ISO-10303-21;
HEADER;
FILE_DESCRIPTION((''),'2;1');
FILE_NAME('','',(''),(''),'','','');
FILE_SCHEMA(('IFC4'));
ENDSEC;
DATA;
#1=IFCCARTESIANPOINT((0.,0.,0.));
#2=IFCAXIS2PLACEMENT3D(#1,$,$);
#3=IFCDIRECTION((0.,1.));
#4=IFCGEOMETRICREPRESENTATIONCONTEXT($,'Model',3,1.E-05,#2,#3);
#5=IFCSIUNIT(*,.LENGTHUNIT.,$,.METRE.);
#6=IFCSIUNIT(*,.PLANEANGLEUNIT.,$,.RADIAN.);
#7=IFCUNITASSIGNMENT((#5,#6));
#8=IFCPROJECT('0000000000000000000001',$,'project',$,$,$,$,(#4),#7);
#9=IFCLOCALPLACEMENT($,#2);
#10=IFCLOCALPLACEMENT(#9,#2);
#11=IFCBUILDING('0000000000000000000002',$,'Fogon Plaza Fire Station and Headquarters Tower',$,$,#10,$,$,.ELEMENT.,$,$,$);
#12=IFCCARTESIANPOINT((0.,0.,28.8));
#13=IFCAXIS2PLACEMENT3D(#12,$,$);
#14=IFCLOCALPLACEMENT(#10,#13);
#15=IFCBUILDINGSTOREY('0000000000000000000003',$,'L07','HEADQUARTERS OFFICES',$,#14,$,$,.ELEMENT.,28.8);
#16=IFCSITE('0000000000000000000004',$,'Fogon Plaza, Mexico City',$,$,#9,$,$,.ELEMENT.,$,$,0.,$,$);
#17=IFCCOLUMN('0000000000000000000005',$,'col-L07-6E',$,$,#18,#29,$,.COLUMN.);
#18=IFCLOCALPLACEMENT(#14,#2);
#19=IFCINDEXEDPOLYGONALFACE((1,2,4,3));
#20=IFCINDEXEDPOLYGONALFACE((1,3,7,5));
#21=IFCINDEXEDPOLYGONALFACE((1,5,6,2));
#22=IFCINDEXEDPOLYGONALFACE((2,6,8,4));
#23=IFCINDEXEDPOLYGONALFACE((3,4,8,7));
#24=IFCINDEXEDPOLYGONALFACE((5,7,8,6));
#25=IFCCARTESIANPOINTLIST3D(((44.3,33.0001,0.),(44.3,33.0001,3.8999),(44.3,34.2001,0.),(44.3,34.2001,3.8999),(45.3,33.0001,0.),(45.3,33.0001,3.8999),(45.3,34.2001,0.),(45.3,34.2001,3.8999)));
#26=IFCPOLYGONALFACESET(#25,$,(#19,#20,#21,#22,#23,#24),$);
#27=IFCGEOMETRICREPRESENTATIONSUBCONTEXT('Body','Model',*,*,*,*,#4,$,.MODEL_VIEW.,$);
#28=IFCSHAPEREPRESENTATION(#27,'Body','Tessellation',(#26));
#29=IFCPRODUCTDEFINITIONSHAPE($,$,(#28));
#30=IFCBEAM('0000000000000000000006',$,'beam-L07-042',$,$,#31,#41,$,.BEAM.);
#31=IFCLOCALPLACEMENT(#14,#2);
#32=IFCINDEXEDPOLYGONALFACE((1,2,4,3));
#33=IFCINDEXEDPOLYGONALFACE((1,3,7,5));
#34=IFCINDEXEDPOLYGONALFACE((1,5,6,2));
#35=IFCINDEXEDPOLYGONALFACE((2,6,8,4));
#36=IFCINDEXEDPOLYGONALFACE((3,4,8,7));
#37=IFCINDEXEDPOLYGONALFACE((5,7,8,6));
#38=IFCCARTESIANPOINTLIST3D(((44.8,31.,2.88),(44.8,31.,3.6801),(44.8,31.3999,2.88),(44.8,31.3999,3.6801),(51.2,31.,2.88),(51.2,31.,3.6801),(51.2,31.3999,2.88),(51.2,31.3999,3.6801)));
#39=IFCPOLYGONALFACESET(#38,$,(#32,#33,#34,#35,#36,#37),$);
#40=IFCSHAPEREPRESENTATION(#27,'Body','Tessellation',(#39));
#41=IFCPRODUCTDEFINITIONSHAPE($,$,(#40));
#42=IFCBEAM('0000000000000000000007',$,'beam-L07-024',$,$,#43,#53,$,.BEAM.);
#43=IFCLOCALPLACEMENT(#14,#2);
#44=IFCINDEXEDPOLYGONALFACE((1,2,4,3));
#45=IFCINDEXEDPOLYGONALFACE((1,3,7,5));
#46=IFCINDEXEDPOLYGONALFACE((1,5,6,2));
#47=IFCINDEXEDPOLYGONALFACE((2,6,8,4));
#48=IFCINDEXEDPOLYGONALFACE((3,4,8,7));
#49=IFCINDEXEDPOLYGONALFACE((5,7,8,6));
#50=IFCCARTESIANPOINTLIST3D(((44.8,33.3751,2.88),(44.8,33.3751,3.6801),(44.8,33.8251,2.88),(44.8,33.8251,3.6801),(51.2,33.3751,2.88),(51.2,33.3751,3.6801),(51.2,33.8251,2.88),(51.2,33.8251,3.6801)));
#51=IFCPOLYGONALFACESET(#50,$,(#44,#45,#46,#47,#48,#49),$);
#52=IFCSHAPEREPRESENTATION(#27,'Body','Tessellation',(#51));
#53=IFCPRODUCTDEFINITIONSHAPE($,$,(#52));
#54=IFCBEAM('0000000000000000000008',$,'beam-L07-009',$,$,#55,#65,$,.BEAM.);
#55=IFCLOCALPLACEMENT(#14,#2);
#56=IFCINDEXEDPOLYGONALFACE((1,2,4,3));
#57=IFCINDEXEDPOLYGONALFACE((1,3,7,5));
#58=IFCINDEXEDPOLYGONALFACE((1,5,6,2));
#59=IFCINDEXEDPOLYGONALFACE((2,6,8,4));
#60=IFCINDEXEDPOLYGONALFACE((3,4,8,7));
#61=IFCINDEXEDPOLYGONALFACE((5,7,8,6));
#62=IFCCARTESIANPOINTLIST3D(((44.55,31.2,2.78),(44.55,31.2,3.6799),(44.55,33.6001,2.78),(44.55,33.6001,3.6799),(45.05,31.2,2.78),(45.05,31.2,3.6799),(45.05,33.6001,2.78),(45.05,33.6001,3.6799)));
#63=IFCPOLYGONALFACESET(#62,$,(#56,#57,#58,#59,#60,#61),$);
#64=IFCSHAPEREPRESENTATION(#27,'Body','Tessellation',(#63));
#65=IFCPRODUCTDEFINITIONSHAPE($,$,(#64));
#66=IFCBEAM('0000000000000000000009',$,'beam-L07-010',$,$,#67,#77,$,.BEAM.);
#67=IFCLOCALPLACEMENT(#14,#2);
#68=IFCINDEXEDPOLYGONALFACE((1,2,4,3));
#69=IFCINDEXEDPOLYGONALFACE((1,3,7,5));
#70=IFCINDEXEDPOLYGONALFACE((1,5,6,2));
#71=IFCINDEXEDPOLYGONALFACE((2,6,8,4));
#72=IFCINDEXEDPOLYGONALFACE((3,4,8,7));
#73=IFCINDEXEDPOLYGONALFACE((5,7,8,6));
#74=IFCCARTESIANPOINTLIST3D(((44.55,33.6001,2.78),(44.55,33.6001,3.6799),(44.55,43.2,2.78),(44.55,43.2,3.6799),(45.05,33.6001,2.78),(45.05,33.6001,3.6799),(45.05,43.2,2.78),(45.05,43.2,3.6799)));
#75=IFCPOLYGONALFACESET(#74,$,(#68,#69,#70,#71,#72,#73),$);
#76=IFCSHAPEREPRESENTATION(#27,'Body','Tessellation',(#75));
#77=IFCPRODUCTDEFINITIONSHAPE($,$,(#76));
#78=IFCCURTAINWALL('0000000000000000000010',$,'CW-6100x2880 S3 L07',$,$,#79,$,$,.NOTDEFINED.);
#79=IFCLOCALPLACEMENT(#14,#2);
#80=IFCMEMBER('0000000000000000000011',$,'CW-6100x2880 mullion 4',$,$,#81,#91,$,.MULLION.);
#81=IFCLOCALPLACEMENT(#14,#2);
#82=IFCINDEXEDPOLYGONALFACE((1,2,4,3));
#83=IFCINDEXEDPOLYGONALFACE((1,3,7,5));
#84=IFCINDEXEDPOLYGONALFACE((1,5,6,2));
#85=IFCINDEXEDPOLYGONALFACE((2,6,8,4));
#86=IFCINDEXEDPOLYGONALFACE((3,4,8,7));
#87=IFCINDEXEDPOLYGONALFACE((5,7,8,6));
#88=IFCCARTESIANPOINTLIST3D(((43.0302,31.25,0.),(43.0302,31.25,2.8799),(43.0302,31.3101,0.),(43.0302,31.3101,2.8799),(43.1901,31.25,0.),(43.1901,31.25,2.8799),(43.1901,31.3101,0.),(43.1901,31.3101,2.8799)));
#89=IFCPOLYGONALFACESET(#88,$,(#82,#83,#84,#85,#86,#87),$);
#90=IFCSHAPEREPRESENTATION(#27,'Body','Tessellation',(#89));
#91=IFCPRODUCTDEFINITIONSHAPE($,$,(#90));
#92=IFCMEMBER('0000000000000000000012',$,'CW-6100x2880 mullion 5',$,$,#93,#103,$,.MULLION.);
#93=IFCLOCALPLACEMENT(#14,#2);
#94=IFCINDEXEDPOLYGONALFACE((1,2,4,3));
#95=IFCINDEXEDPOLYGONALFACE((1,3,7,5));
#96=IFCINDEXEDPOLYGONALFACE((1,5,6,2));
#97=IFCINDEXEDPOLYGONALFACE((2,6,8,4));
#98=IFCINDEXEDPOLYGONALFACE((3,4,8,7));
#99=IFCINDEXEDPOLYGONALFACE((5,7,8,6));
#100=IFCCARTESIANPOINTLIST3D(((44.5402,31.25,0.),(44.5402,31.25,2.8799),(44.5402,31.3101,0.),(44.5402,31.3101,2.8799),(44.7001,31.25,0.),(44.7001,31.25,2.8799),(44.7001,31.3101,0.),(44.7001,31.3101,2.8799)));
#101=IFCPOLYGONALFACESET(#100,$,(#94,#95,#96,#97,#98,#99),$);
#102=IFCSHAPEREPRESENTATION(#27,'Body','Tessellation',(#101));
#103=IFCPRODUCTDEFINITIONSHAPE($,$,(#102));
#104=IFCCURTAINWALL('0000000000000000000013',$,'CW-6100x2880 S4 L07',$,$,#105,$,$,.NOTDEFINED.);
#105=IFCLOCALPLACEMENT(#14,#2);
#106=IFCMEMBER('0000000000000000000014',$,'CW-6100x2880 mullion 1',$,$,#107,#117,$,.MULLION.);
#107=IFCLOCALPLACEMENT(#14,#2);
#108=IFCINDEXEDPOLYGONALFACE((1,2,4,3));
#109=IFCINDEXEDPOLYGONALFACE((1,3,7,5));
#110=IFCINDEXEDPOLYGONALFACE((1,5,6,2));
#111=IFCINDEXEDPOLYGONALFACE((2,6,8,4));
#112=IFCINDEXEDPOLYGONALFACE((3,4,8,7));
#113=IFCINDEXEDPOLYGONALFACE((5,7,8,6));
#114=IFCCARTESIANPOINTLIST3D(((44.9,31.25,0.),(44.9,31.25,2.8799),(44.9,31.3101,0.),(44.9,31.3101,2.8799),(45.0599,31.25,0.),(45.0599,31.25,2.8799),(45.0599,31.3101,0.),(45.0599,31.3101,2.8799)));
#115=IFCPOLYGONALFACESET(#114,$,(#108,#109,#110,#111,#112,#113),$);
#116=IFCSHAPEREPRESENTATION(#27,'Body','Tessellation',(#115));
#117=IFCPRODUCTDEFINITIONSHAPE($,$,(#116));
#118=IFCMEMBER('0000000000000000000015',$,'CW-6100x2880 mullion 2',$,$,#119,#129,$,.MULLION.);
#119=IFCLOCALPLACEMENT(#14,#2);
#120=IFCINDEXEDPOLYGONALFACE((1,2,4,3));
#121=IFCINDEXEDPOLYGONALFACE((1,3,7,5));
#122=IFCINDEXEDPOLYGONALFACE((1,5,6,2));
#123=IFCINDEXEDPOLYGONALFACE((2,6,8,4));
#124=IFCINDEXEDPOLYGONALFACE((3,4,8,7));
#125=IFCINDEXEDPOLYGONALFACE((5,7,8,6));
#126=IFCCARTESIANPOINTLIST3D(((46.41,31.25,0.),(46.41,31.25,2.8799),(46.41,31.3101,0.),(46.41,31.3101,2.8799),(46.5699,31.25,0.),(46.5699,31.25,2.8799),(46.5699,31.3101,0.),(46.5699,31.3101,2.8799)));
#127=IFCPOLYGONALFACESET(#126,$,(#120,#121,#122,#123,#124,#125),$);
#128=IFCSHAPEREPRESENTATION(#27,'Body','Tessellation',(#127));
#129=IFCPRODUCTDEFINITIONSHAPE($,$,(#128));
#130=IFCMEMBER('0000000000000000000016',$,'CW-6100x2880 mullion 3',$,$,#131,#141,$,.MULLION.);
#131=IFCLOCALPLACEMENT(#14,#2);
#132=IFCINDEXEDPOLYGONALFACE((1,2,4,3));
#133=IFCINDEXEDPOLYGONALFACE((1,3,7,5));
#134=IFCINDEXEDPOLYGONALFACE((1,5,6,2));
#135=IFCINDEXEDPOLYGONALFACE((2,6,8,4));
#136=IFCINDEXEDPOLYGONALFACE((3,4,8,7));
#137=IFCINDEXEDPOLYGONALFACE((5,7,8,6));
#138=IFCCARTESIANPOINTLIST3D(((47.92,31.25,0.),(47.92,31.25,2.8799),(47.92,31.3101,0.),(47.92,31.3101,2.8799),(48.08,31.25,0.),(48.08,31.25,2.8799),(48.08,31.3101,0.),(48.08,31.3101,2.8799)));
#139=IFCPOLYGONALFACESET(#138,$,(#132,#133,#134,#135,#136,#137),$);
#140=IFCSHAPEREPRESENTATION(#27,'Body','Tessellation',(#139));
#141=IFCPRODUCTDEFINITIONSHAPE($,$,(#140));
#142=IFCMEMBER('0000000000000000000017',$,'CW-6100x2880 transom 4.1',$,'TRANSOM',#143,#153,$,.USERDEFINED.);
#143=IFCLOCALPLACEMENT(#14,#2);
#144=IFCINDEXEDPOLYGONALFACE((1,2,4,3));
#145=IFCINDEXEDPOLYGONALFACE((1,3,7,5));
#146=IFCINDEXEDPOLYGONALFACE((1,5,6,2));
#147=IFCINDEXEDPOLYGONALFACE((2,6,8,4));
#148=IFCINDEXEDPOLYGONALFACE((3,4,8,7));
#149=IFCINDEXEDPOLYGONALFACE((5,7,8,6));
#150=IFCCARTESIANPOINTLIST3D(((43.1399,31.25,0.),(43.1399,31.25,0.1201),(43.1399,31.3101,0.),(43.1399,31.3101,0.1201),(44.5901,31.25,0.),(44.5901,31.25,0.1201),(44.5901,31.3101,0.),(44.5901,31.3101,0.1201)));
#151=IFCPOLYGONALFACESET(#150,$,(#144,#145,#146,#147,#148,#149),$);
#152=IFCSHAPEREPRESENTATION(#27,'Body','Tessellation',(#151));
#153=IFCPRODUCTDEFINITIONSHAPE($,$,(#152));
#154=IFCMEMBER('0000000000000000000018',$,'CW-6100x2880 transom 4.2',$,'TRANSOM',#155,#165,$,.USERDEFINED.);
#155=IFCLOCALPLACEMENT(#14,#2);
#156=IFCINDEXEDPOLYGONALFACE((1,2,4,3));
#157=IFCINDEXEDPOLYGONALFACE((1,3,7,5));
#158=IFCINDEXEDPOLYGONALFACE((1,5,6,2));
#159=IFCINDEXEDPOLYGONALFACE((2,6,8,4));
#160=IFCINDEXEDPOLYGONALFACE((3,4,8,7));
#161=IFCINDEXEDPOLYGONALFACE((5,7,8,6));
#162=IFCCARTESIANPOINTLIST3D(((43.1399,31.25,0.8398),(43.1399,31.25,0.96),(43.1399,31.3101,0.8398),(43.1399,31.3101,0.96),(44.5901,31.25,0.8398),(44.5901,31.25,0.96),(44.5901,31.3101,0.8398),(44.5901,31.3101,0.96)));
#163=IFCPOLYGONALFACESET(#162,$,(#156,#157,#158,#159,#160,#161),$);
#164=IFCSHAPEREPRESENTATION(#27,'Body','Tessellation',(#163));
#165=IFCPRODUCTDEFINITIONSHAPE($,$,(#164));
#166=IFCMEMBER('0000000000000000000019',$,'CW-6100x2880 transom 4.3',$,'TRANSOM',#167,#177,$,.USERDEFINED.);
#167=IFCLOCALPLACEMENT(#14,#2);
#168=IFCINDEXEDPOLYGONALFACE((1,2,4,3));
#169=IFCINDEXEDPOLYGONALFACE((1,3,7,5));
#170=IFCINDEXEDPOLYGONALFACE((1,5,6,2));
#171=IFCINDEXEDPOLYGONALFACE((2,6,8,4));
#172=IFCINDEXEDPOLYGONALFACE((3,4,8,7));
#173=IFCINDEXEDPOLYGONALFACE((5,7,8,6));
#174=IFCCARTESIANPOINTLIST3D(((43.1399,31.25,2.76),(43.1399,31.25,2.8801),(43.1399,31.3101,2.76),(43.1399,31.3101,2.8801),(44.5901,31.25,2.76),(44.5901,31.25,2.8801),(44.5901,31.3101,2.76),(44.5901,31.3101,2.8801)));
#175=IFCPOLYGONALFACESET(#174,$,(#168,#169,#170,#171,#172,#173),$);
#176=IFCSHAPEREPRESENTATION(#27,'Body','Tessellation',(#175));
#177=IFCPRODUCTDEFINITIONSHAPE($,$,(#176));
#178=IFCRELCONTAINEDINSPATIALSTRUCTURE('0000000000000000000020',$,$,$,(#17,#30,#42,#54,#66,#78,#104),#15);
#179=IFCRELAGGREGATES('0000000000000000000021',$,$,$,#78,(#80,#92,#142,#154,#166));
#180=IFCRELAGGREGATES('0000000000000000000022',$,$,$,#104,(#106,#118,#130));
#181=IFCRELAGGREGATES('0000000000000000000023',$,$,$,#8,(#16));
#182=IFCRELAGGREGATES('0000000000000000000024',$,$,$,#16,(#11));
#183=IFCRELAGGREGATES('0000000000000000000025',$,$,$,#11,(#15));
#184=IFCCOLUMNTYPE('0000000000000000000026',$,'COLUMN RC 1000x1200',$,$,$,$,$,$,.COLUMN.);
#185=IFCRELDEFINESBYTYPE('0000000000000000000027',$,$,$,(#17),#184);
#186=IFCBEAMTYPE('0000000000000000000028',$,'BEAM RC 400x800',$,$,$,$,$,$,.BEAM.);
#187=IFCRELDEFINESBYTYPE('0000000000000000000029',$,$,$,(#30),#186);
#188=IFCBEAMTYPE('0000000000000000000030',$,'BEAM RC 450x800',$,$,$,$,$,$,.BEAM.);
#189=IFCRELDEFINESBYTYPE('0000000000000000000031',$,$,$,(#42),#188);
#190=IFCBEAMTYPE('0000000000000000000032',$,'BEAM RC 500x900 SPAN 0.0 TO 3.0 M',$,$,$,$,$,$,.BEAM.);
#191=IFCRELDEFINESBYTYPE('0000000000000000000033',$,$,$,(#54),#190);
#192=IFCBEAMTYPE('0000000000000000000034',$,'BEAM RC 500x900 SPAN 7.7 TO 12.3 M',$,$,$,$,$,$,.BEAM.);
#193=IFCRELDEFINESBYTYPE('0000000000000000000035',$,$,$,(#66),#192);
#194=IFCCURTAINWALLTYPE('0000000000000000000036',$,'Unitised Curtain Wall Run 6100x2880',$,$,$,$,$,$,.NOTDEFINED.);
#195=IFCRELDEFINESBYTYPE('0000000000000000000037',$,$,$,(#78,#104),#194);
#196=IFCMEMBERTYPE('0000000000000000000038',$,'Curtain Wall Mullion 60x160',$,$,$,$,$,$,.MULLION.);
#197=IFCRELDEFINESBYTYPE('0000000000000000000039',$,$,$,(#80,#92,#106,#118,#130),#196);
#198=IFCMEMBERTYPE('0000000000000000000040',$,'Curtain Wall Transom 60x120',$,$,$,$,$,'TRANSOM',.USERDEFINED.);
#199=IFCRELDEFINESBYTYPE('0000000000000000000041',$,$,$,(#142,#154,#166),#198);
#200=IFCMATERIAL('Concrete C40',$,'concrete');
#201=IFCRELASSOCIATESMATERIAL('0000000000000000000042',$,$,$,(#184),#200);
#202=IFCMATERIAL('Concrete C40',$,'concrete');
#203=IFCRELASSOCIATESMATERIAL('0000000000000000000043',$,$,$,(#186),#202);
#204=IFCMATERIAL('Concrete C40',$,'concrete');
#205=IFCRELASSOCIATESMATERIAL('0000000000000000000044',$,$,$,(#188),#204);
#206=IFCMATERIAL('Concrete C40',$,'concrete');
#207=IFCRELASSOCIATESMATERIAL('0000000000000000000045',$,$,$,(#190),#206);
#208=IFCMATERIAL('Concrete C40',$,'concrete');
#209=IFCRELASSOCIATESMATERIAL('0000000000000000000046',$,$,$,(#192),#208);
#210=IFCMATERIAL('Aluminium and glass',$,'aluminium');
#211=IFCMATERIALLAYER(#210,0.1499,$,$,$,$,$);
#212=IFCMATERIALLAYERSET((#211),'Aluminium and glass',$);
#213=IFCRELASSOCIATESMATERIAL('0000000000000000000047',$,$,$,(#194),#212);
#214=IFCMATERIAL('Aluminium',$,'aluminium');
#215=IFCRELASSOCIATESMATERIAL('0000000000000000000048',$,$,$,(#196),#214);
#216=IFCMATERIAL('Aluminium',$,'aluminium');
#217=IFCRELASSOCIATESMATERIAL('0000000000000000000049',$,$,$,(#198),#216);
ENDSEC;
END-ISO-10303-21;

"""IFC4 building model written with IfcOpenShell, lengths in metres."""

from ifc_helpers import new_model, si_unit, direction, frame, origin, origin_2d, place, context, subcontext, project, spatial, rectangle, extrude, material, layer, layer_set, material_profile, profile_set, type_object, element, aggregate, save


model = new_model("IFC4")

# Units and contexts
model_context = context("Model", 3, precision=1e-05, world=origin(), true_north=direction((0.0, 1.0)))
body_context = subcontext(model_context, "Body", "Model", "MODEL_VIEW")
ifc_project = project(units=[si_unit("LENGTHUNIT", "METRE"), si_unit("PLANEANGLEUNIT", "RADIAN")], contexts=[model_context])

# Site, building, storey
site_placement = place(None, origin())
site = spatial("IfcSite", under=ifc_project, at=site_placement, Name="Fogon Plaza, Mexico City", CompositionType="ELEMENT", RefElevation=0.0)
building_placement = place(site_placement, origin())
building = spatial("IfcBuilding", under=site, at=building_placement, Name="Fogon Plaza Fire Station and Headquarters Tower", CompositionType="ELEMENT")
storey_placement = place(building_placement, frame((0.0, 0.0, 28.8)))
storey = spatial("IfcBuildingStorey", under=building, at=storey_placement, Name="L07", Description="HEADQUARTERS OFFICES", CompositionType="ELEMENT", Elevation=28.8)

# Column
ifc_material_1 = material(Name="Concrete C40", Category="concrete")
ifc_material_profile_1 = material_profile(ifc_material_1, rectangle(XDim=1.0, YDim=1.2, at=origin_2d()), Name="RC 1000x1200")
ifc_profile_set_1 = profile_set([ifc_material_profile_1], Name="Concrete C40")
column_type = type_object("IfcColumnType", Name="COLUMN RC 1000x1200", PredefinedType="COLUMN", material=ifc_profile_set_1)
column_placement = place(storey_placement, frame((44.8, 33.6001, 0.0), z_axis=(0.0, 0.0, 1.0), x_axis=(1.0, 0.0, 0.0)))
element("IfcColumn", 1, at=column_placement, inside=storey, type_object=column_type, Name="col-L07-6E", PredefinedType="COLUMN", context=body_context, shape_type="SweptSolid", body=[
    extrude(rectangle(XDim=1.0, YDim=1.2, at=origin_2d()), origin(), (0.0, 0.0, 1.0), 3.8999),
])

# Beams
ifc_material_2 = material(Name="Concrete C40", Category="concrete")
ifc_material_profile_2 = material_profile(ifc_material_2, rectangle(XDim=0.3999, YDim=0.8, at=origin_2d()), Name="RC 400x800")
ifc_profile_set_2 = profile_set([ifc_material_profile_2], Name="Concrete C40")
beam_type_1 = type_object("IfcBeamType", Name="BEAM RC 400x800", PredefinedType="BEAM", material=ifc_profile_set_2)
beam_1_placement = place(storey_placement, frame((44.8, 31.2, 3.28), z_axis=(1.0, 0.0, 0.0), x_axis=(0.0, 1.0, 0.0)))
element("IfcBeam", 2, at=beam_1_placement, inside=storey, type_object=beam_type_1, Name="beam-L07-042", PredefinedType="BEAM", context=body_context, shape_type="SweptSolid", body=[
    extrude(rectangle(XDim=0.3999, YDim=0.8, at=origin_2d()), origin(), (0.0, 0.0, 1.0), 6.3999),
])
ifc_material_3 = material(Name="Concrete C40", Category="concrete")
ifc_material_profile_3 = material_profile(ifc_material_3, rectangle(XDim=0.45, YDim=0.8, at=origin_2d()), Name="RC 450x800")
ifc_profile_set_3 = profile_set([ifc_material_profile_3], Name="Concrete C40")
beam_type_2 = type_object("IfcBeamType", Name="BEAM RC 450x800", PredefinedType="BEAM", material=ifc_profile_set_3)
beam_2_placement = place(storey_placement, frame((44.8, 33.6001, 3.28), z_axis=(1.0, 0.0, 0.0), x_axis=(0.0, 1.0, 0.0)))
element("IfcBeam", 3, at=beam_2_placement, inside=storey, type_object=beam_type_2, Name="beam-L07-024", PredefinedType="BEAM", context=body_context, shape_type="SweptSolid", body=[
    extrude(rectangle(XDim=0.45, YDim=0.8, at=origin_2d()), origin(), (0.0, 0.0, 1.0), 6.3999),
])
ifc_material_4 = material(Name="Concrete C40", Category="concrete")
ifc_material_profile_4 = material_profile(ifc_material_4, rectangle(XDim=0.5, YDim=0.8999, at=origin_2d()), Name="RC 500x900")
ifc_profile_set_4 = profile_set([ifc_material_profile_4], Name="Concrete C40")
beam_type_3 = type_object("IfcBeamType", Name="BEAM RC 500x900 SPAN 0.0 TO 3.0 M", PredefinedType="BEAM", material=ifc_profile_set_4)
beam_3_placement = place(storey_placement, frame((44.8, 31.2, 3.23), z_axis=(0.0, 1.0, 0.0), x_axis=(-1.0, 0.0, 0.0)))
element("IfcBeam", 4, at=beam_3_placement, inside=storey, type_object=beam_type_3, Name="beam-L07-009", PredefinedType="BEAM", context=body_context, shape_type="SweptSolid", body=[
    extrude(rectangle(XDim=0.5, YDim=0.8999, at=origin_2d()), origin(), (0.0, 0.0, 1.0), 2.4001),
])
ifc_material_5 = material(Name="Concrete C40", Category="concrete")
ifc_material_profile_5 = material_profile(ifc_material_5, rectangle(XDim=0.5, YDim=0.8999, at=origin_2d()), Name="RC 500x900")
ifc_profile_set_5 = profile_set([ifc_material_profile_5], Name="Concrete C40")
beam_type_4 = type_object("IfcBeamType", Name="BEAM RC 500x900 SPAN 7.7 TO 12.3 M", PredefinedType="BEAM", material=ifc_profile_set_5)
beam_4_placement = place(storey_placement, frame((44.8, 33.6001, 3.23), z_axis=(0.0, 1.0, 0.0), x_axis=(-1.0, 0.0, 0.0)))
element("IfcBeam", 5, at=beam_4_placement, inside=storey, type_object=beam_type_4, Name="beam-L07-010", PredefinedType="BEAM", context=body_context, shape_type="SweptSolid", body=[
    extrude(rectangle(XDim=0.5, YDim=0.8999, at=origin_2d()), origin(), (0.0, 0.0, 1.0), 9.5999),
])

# Curtain walls, members
ifc_material_6 = material(Name="Aluminium and glass", Category="aluminium")
ifc_layer_1 = layer(ifc_material_6, 0.1499)
ifc_layer_set_1 = layer_set([ifc_layer_1], Name="Aluminium and glass")
curtain_wall_type = type_object("IfcCurtainWallType", Name="Unitised Curtain Wall Run 6100x2880", PredefinedType="NOTDEFINED", material=ifc_layer_set_1)
curtain_wall_1_placement = place(storey_placement, origin())
curtain_wall_1 = element("IfcCurtainWall", 6, at=curtain_wall_1_placement, inside=storey, type_object=curtain_wall_type, Name="CW-6100x2880 S3 L07", PredefinedType="NOTDEFINED")
ifc_material_7 = material(Name="Aluminium", Category="aluminium")
ifc_material_profile_6 = material_profile(ifc_material_7, rectangle(XDim=0.0601, YDim=0.1599, at=origin_2d()), Name="Curtain Wall Mullion 60x160")
ifc_profile_set_6 = profile_set([ifc_material_profile_6], Name="Aluminium")
member_type_1 = type_object("IfcMemberType", Name="Curtain Wall Mullion 60x160", PredefinedType="MULLION", material=ifc_profile_set_6)
member_1_placement = place(storey_placement, frame((43.1101, 31.28, 0.0), z_axis=(0.0, 0.0, 1.0), x_axis=(0.0, 1.0, 0.0)))
member_1 = element("IfcMember", 7, at=member_1_placement, type_object=member_type_1, Name="CW-6100x2880 mullion 4", PredefinedType="MULLION", context=body_context, shape_type="SweptSolid", body=[
    extrude(rectangle(XDim=0.0601, YDim=0.1599, at=origin_2d()), origin(), (0.0, 0.0, 1.0), 2.8799),
])
member_2_placement = place(storey_placement, frame((44.6201, 31.28, 0.0), z_axis=(0.0, 0.0, 1.0), x_axis=(0.0, 1.0, 0.0)))
member_2 = element("IfcMember", 8, at=member_2_placement, type_object=member_type_1, Name="CW-6100x2880 mullion 5", PredefinedType="MULLION", context=body_context, shape_type="SweptSolid", body=[
    extrude(rectangle(XDim=0.0601, YDim=0.1599, at=origin_2d()), origin(), (0.0, 0.0, 1.0), 2.8799),
])
curtain_wall_2_placement = place(storey_placement, origin())
curtain_wall_2 = element("IfcCurtainWall", 9, at=curtain_wall_2_placement, inside=storey, type_object=curtain_wall_type, Name="CW-6100x2880 S4 L07", PredefinedType="NOTDEFINED")
member_3_placement = place(storey_placement, frame((44.98, 31.28, 0.0), z_axis=(0.0, 0.0, 1.0), x_axis=(0.0, 1.0, 0.0)))
member_3 = element("IfcMember", 10, at=member_3_placement, type_object=member_type_1, Name="CW-6100x2880 mullion 1", PredefinedType="MULLION", context=body_context, shape_type="SweptSolid", body=[
    extrude(rectangle(XDim=0.0601, YDim=0.1599, at=origin_2d()), origin(), (0.0, 0.0, 1.0), 2.8799),
])
member_4_placement = place(storey_placement, frame((46.49, 31.28, 0.0), z_axis=(0.0, 0.0, 1.0), x_axis=(0.0, 1.0, 0.0)))
member_4 = element("IfcMember", 11, at=member_4_placement, type_object=member_type_1, Name="CW-6100x2880 mullion 2", PredefinedType="MULLION", context=body_context, shape_type="SweptSolid", body=[
    extrude(rectangle(XDim=0.0601, YDim=0.1599, at=origin_2d()), origin(), (0.0, 0.0, 1.0), 2.8799),
])
member_5_placement = place(storey_placement, frame((48.0, 31.28, 0.0), z_axis=(0.0, 0.0, 1.0), x_axis=(0.0, 1.0, 0.0)))
member_5 = element("IfcMember", 12, at=member_5_placement, type_object=member_type_1, Name="CW-6100x2880 mullion 3", PredefinedType="MULLION", context=body_context, shape_type="SweptSolid", body=[
    extrude(rectangle(XDim=0.0601, YDim=0.1599, at=origin_2d()), origin(), (0.0, 0.0, 1.0), 2.8799),
])

# Members
ifc_material_8 = material(Name="Aluminium", Category="aluminium")
ifc_material_profile_7 = material_profile(ifc_material_8, rectangle(XDim=0.0601, YDim=0.1201, at=origin_2d()), Name="Curtain Wall Transom 60x120")
ifc_profile_set_7 = profile_set([ifc_material_profile_7], Name="Aluminium")
member_type_2 = type_object("IfcMemberType", Name="Curtain Wall Transom 60x120", ElementType="TRANSOM", PredefinedType="USERDEFINED", material=ifc_profile_set_7)
member_6_placement = place(storey_placement, frame((43.1399, 31.28, 0.0601), z_axis=(1.0, 0.0, 0.0), x_axis=(0.0, 1.0, 0.0)))
member_6 = element("IfcMember", 13, at=member_6_placement, type_object=member_type_2, Name="CW-6100x2880 transom 4.1", ObjectType="TRANSOM", PredefinedType="USERDEFINED", context=body_context, shape_type="SweptSolid", body=[
    extrude(rectangle(XDim=0.0601, YDim=0.1201, at=origin_2d()), origin(), (0.0, 0.0, 1.0), 1.4502),
])
member_7_placement = place(storey_placement, frame((43.1399, 31.28, 0.8999), z_axis=(1.0, 0.0, 0.0), x_axis=(0.0, 1.0, 0.0)))
member_7 = element("IfcMember", 14, at=member_7_placement, type_object=member_type_2, Name="CW-6100x2880 transom 4.2", ObjectType="TRANSOM", PredefinedType="USERDEFINED", context=body_context, shape_type="SweptSolid", body=[
    extrude(rectangle(XDim=0.0601, YDim=0.1201, at=origin_2d()), origin(), (0.0, 0.0, 1.0), 1.4502),
])
member_8_placement = place(storey_placement, frame((43.1399, 31.28, 2.8201), z_axis=(1.0, 0.0, 0.0), x_axis=(0.0, 1.0, 0.0)))
member_8 = element("IfcMember", 15, at=member_8_placement, type_object=member_type_2, Name="CW-6100x2880 transom 4.3", ObjectType="TRANSOM", PredefinedType="USERDEFINED", context=body_context, shape_type="SweptSolid", body=[
    extrude(rectangle(XDim=0.0601, YDim=0.1201, at=origin_2d()), origin(), (0.0, 0.0, 1.0), 1.4502),
])

aggregate(curtain_wall_1, [member_1, member_2, member_6, member_7, member_8])
aggregate(curtain_wall_2, [member_3, member_4, member_5])

save(model, "model.ifc")
